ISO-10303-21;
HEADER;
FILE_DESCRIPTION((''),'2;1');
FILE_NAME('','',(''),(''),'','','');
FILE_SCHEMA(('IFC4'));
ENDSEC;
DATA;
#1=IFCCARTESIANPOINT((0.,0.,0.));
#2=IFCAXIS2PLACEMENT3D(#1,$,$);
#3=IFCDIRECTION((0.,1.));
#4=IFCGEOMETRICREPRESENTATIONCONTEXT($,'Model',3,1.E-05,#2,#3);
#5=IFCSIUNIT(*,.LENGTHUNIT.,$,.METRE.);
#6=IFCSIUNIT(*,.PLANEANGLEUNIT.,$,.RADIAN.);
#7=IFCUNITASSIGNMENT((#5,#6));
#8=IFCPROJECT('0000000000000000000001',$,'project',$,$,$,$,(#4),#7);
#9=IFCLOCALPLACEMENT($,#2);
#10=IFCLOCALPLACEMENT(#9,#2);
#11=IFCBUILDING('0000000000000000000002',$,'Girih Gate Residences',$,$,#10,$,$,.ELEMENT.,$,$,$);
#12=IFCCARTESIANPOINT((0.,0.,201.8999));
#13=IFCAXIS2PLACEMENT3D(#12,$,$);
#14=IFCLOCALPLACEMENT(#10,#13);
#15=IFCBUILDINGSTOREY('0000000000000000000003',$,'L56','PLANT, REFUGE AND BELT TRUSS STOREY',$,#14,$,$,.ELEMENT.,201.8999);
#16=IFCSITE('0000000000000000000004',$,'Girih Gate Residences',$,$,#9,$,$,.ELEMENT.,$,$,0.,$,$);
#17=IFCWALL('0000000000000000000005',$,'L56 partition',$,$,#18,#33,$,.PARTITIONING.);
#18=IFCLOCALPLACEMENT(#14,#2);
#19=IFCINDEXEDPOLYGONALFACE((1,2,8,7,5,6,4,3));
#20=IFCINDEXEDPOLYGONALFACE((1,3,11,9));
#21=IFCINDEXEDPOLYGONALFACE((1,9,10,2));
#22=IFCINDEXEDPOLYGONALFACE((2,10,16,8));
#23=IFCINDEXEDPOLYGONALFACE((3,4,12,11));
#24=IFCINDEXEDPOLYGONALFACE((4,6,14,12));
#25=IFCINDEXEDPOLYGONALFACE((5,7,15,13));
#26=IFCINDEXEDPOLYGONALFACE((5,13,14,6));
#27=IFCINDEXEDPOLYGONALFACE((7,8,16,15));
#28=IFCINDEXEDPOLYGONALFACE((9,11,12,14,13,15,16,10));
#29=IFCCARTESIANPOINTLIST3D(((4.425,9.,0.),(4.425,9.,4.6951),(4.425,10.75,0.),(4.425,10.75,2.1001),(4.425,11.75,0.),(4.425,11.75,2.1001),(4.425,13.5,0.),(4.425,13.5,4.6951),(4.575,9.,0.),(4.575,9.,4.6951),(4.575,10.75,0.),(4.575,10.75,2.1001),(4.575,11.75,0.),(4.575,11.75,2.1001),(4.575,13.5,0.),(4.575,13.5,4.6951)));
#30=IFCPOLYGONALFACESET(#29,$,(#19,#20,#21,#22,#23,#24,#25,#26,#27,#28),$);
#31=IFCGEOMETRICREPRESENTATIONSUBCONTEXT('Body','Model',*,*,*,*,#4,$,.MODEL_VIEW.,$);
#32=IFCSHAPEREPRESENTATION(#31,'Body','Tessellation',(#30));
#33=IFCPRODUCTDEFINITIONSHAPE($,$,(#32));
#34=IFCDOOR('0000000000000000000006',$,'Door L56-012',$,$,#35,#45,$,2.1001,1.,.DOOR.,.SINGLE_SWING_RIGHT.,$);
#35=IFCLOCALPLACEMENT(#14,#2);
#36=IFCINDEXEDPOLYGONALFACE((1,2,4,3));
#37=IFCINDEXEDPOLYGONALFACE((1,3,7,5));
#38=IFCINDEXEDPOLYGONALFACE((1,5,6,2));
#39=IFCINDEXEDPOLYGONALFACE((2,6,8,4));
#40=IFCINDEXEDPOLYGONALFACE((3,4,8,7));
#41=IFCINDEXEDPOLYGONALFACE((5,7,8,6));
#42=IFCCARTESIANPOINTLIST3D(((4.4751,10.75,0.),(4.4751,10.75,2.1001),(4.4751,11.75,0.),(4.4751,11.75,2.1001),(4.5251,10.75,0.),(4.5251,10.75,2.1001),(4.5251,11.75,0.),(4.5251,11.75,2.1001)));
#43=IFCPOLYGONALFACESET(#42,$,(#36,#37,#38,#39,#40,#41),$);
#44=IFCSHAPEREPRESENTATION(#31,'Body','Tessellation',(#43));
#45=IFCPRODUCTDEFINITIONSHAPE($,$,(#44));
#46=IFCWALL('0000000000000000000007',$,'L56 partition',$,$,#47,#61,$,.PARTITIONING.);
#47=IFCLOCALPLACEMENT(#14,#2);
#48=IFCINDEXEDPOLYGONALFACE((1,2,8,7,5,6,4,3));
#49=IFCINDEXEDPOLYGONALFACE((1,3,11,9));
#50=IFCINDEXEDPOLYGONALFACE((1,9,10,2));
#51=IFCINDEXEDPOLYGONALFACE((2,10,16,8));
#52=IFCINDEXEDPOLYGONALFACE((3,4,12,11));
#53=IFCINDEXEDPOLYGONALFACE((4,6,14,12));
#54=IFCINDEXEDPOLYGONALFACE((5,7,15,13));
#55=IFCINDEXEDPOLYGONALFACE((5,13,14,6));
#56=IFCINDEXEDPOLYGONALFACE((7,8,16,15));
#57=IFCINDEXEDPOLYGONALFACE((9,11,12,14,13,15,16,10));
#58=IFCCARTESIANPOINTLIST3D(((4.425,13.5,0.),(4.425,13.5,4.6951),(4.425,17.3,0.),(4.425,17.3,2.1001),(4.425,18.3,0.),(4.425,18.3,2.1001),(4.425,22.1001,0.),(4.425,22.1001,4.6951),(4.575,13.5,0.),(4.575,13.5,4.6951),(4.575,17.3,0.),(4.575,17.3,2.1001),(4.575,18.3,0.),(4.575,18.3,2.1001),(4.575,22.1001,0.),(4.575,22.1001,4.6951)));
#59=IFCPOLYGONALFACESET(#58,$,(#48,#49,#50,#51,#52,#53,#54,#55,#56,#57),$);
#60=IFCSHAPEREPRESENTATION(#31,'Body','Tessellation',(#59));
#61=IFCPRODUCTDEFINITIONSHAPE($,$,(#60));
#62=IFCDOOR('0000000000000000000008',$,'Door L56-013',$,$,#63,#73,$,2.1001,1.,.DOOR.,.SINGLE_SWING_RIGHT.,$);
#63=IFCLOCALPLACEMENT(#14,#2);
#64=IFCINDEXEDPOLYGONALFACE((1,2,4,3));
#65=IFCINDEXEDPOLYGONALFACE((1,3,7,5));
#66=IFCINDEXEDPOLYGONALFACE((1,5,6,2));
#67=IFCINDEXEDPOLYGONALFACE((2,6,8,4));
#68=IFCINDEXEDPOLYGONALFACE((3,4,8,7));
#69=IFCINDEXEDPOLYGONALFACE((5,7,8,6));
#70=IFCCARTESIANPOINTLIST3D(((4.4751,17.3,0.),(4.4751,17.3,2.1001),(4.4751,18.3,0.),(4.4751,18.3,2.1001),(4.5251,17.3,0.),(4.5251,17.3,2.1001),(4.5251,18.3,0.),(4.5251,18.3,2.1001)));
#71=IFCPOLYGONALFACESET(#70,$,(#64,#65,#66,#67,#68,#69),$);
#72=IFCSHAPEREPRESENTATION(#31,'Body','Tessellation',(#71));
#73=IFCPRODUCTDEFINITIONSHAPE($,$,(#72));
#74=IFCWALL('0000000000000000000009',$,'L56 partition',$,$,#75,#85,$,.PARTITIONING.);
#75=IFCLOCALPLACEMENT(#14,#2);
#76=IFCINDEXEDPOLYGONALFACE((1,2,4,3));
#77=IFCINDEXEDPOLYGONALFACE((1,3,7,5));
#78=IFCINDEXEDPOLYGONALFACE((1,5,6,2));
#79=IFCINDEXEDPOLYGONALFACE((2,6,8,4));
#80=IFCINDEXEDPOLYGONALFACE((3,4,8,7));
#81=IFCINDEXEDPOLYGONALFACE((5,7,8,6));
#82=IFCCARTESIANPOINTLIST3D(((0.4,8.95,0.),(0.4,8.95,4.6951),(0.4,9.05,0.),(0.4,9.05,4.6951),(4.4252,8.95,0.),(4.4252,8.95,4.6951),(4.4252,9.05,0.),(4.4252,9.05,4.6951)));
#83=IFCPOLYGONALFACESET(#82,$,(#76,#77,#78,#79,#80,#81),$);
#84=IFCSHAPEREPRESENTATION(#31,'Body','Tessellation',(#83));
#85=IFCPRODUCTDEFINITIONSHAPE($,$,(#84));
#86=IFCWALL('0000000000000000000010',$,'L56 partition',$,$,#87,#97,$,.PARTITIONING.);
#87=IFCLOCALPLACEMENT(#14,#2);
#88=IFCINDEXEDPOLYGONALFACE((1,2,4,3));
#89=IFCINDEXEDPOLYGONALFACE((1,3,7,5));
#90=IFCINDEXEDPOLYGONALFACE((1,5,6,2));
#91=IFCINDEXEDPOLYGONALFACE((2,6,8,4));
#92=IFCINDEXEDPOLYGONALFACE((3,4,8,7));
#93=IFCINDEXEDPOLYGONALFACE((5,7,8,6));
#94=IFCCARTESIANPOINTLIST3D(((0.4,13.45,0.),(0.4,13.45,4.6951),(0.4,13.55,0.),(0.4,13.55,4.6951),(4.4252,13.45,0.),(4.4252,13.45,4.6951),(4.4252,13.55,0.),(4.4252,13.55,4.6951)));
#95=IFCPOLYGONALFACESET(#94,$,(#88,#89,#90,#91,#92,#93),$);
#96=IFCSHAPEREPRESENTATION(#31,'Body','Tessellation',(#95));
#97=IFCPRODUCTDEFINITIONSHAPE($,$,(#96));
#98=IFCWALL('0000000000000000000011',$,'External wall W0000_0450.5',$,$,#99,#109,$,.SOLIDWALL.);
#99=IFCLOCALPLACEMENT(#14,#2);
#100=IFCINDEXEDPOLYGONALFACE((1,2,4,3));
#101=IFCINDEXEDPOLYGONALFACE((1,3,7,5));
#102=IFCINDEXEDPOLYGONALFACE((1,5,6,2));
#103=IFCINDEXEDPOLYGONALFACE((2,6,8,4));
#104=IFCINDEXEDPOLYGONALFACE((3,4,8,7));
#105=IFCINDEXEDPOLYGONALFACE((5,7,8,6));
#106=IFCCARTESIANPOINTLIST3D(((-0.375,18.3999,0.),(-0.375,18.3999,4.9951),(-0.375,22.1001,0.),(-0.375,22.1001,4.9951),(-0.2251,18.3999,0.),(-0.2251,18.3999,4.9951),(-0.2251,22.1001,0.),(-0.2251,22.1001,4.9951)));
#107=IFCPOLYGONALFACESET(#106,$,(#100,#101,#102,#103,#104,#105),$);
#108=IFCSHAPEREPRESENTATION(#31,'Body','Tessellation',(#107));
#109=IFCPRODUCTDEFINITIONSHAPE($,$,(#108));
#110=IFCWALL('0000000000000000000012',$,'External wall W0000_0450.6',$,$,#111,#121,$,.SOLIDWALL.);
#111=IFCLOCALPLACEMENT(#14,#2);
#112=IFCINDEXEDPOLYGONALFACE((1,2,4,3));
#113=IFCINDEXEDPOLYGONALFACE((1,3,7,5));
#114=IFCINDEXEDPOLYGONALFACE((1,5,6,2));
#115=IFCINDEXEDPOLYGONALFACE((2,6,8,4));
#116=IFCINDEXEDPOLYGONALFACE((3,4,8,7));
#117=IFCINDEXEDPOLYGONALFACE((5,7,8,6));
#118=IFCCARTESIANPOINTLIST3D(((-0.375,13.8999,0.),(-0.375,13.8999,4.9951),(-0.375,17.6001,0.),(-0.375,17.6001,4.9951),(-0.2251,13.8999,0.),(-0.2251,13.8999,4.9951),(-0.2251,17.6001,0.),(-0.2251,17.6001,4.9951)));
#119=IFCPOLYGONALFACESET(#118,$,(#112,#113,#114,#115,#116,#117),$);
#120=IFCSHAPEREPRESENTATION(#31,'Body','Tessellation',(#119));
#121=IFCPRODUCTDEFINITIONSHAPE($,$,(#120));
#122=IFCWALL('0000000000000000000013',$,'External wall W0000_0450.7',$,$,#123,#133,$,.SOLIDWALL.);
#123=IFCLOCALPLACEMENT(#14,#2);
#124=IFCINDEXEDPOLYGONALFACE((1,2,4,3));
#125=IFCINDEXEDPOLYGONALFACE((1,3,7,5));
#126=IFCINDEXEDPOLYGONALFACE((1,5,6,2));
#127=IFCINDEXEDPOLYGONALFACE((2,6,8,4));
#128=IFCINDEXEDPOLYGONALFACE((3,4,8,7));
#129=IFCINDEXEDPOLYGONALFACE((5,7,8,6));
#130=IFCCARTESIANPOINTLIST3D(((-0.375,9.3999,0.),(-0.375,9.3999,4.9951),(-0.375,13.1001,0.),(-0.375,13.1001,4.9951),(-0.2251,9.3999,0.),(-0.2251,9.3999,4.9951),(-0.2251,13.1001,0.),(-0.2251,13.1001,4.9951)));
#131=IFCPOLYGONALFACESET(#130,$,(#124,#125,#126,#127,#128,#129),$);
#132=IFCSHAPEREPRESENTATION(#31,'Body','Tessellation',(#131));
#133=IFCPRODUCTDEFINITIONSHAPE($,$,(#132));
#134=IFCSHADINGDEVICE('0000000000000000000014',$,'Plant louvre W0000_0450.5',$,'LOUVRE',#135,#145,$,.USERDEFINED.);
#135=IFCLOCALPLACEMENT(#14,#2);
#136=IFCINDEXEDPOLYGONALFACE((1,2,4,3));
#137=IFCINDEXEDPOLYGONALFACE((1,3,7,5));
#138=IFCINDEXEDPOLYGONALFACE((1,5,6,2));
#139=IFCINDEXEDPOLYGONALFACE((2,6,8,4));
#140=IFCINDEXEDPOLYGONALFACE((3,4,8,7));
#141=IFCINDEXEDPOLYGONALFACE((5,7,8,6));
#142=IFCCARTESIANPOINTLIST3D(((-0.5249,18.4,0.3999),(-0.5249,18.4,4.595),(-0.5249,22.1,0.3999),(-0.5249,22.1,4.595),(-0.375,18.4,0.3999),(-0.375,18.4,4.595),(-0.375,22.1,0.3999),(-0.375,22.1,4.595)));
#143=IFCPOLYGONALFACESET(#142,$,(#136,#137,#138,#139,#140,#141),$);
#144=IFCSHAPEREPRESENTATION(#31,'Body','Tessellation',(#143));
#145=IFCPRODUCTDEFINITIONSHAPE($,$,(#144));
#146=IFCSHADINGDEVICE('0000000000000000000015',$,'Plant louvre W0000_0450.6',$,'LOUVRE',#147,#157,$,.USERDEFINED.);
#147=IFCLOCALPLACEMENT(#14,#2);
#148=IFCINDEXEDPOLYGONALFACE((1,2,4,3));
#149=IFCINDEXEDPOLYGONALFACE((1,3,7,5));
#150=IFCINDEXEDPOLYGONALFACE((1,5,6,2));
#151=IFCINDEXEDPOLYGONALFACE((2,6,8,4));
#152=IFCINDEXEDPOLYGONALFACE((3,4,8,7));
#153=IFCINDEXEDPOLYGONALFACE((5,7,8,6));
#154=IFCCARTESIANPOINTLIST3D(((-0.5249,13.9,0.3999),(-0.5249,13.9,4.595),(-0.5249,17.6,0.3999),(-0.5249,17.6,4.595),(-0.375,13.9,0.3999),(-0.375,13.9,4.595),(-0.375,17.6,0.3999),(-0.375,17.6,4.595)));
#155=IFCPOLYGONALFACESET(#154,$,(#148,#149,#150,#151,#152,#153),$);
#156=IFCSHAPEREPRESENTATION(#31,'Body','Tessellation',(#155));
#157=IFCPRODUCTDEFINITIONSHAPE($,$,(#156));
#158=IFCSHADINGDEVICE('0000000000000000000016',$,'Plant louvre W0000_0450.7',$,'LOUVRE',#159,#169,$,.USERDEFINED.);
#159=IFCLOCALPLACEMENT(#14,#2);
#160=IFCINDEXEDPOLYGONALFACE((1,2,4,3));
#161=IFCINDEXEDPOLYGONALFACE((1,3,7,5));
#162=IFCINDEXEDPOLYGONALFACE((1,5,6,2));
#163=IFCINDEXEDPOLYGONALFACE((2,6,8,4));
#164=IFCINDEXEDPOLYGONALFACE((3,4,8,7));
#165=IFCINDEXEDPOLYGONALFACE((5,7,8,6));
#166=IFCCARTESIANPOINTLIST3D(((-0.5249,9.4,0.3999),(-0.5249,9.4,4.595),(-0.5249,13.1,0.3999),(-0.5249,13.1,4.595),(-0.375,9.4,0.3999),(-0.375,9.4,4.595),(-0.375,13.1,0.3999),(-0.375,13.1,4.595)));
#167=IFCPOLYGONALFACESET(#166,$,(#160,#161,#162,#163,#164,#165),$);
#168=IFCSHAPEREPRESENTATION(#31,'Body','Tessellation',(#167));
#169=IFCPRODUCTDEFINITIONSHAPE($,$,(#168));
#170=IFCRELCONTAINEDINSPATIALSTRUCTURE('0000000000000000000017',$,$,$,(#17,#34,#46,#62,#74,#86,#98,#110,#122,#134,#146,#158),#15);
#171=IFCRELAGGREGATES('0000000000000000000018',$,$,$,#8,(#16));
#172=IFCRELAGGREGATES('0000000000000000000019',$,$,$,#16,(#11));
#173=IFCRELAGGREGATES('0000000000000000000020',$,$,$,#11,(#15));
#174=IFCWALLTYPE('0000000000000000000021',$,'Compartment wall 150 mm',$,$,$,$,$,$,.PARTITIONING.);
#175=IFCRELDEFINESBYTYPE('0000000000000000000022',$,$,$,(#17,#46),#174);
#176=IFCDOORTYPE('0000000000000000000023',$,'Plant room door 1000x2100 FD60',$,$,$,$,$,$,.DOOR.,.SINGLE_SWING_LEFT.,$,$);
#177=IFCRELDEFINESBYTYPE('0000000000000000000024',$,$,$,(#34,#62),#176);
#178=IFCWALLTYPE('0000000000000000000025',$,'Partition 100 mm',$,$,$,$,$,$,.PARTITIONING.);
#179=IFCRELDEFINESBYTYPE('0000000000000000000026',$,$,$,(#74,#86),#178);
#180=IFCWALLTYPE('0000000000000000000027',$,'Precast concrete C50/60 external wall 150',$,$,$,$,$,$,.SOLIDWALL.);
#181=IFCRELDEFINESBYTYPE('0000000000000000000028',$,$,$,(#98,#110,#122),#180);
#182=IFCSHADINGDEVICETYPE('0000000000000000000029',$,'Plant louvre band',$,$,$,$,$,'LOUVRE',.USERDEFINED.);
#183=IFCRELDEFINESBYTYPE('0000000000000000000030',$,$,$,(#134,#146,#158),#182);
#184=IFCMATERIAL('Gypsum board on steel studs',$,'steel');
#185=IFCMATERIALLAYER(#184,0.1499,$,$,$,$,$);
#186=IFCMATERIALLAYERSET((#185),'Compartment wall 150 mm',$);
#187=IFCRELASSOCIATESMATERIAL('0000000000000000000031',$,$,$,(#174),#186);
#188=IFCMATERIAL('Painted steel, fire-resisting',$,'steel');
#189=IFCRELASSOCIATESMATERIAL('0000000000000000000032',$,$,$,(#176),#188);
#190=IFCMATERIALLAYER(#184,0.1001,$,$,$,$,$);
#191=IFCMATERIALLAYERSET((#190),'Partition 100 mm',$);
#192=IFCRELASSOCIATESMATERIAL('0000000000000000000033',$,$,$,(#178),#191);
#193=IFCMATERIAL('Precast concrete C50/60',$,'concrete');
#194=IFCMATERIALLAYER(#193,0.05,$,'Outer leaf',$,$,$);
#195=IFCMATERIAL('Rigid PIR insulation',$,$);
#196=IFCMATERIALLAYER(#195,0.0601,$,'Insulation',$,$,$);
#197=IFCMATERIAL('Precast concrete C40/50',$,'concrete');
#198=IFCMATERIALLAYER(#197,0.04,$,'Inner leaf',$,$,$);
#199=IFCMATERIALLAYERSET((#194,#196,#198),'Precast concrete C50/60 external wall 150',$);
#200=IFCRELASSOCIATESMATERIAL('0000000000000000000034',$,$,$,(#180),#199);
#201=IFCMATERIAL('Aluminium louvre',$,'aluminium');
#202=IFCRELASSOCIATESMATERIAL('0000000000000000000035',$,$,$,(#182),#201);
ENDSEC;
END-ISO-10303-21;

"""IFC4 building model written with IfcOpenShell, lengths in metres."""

from ifc_helpers import new_model, si_unit, direction, frame, frame_2d, origin, origin_2d, place, context, subcontext, project, spatial, rectangle, extrude, material, layer, layer_set, type_object, element, fill, save


model = new_model("IFC4")

# Units and contexts
model_context = context("Model", 3, precision=1e-05, world=origin(), true_north=direction((0.0, 1.0)))
body_context = subcontext(model_context, "Body", "Model", "MODEL_VIEW")
ifc_project = project(units=[si_unit("LENGTHUNIT", "METRE"), si_unit("PLANEANGLEUNIT", "RADIAN")], contexts=[model_context])

# Site, building, storey
site_placement = place(None, origin())
site = spatial("IfcSite", under=ifc_project, at=site_placement, Name="Girih Gate Residences", CompositionType="ELEMENT", RefElevation=0.0)
building_placement = place(site_placement, origin())
building = spatial("IfcBuilding", under=site, at=building_placement, Name="Girih Gate Residences", CompositionType="ELEMENT")
storey_placement = place(building_placement, frame((0.0, 0.0, 201.8999)))
storey = spatial("IfcBuildingStorey", under=building, at=storey_placement, Name="L56", Description="PLANT, REFUGE AND BELT TRUSS STOREY", CompositionType="ELEMENT", Elevation=201.8999)

# Shared definitions
ifc_material_1 = material(Name="Gypsum board on steel studs", Category="steel")
ifc_layer_1 = layer(ifc_material_1, 0.1499)
ifc_layer_set_1 = layer_set([ifc_layer_1], Name="Compartment wall 150 mm")
wall_type_1 = type_object("IfcWallType", Name="Compartment wall 150 mm", PredefinedType="PARTITIONING", material=ifc_layer_set_1)

# Shared definitions
ifc_material_2 = material(Name="Painted steel, fire-resisting", Category="steel")

# Walls, openings, doors
wall_1_placement = place(storey_placement, frame((4.5, 9.0, 0.0), z_axis=(0.0, 0.0, 1.0), x_axis=(0.0, 1.0, 0.0)))
wall_1 = element("IfcWall", 1, at=wall_1_placement, inside=storey, type_object=wall_type_1, Name="L56 partition", PredefinedType="PARTITIONING", context=body_context, shape_type="SweptSolid", body=[
    extrude(rectangle(XDim=4.5, YDim=0.1499, at=frame_2d((2.25, 0.0))), origin(), (0.0, 0.0, 1.0), 4.6951),
])
opening_1_placement = place(wall_1_placement, frame((1.75, 0.0, 0.0)))
opening_1 = element("IfcOpeningElement", 2, at=opening_1_placement, cuts=wall_1, PredefinedType="OPENING", context=body_context, shape_type="SweptSolid", body=[
    extrude(rectangle(XDim=1.0, YDim=2.1001, at=frame_2d((0.5, 1.05))), frame((0.0, 0.085, 0.0), z_axis=(0.0, -1.0, 0.0), x_axis=(1.0, 0.0, 0.0)), (0.0, 0.0, 1.0), 0.1699),
])
door_type_1 = type_object("IfcDoorType", Name="Plant room door 1000x2100 FD60", OperationType="SINGLE_SWING_LEFT", PredefinedType="DOOR", material=ifc_material_2)
door_1_placement = place(opening_1_placement, origin())
door_1 = element("IfcDoor", 3, at=door_1_placement, inside=storey, type_object=door_type_1, Name="Door L56-012", OperationType="SINGLE_SWING_RIGHT", OverallHeight=2.1001, OverallWidth=1.0, PredefinedType="DOOR", context=body_context, shape_type="SweptSolid", body=[
    extrude(rectangle(XDim=1.0, YDim=2.1001, at=frame_2d((0.5, 1.05))), frame((0.0, 0.0249, 0.0), z_axis=(0.0, -1.0, 0.0), x_axis=(1.0, 0.0, 0.0)), (0.0, 0.0, 1.0), 0.05),
])
fill(opening_1, door_1)
wall_2_placement = place(storey_placement, frame((4.5, 13.5, 0.0), z_axis=(0.0, 0.0, 1.0), x_axis=(0.0, 1.0, 0.0)))
wall_2 = element("IfcWall", 4, at=wall_2_placement, inside=storey, type_object=wall_type_1, Name="L56 partition", PredefinedType="PARTITIONING", context=body_context, shape_type="SweptSolid", body=[
    extrude(rectangle(XDim=8.6001, YDim=0.1499, at=frame_2d((4.3, 0.0))), origin(), (0.0, 0.0, 1.0), 4.6951),
])
opening_2_placement = place(wall_2_placement, frame((3.8, 0.0, 0.0)))
opening_2 = element("IfcOpeningElement", 5, at=opening_2_placement, cuts=wall_2, PredefinedType="OPENING", context=body_context, shape_type="SweptSolid", body=[
    extrude(rectangle(XDim=1.0, YDim=2.1001, at=frame_2d((0.5, 1.05))), frame((0.0, 0.085, 0.0), z_axis=(0.0, -1.0, 0.0), x_axis=(1.0, 0.0, 0.0)), (0.0, 0.0, 1.0), 0.1699),
])
door_2_placement = place(opening_2_placement, origin())
door_2 = element("IfcDoor", 6, at=door_2_placement, inside=storey, type_object=door_type_1, Name="Door L56-013", OperationType="SINGLE_SWING_RIGHT", OverallHeight=2.1001, OverallWidth=1.0, PredefinedType="DOOR", context=body_context, shape_type="SweptSolid", body=[
    extrude(rectangle(XDim=1.0, YDim=2.1001, at=frame_2d((0.5, 1.05))), frame((0.0, 0.0249, 0.0), z_axis=(0.0, -1.0, 0.0), x_axis=(1.0, 0.0, 0.0)), (0.0, 0.0, 1.0), 0.05),
])
fill(opening_2, door_2)

# Walls
ifc_layer_2 = layer(ifc_material_1, 0.1001)
ifc_layer_set_2 = layer_set([ifc_layer_2], Name="Partition 100 mm")
wall_type_2 = type_object("IfcWallType", Name="Partition 100 mm", PredefinedType="PARTITIONING", material=ifc_layer_set_2)
for number, where, z_axis, x_axis, name in (
    (7, (0.3999, 9.0, 0.0), (0.0, 0.0, 1.0), (1.0, 0.0, 0.0), "L56 partition"),
    (8, (0.3999, 13.5, 0.0), (0.0, 0.0, 1.0), (1.0, 0.0, 0.0), "L56 partition"),
):
    element("IfcWall", number, at=place(storey_placement, frame(where, z_axis=z_axis, x_axis=x_axis)), inside=storey, type_object=wall_type_2, Name=name, PredefinedType="PARTITIONING", context=body_context, shape_type="SweptSolid", body=[
        extrude(rectangle(XDim=4.0251, YDim=0.1001, at=frame_2d((2.0127, 0.0))), origin(), (0.0, 0.0, 1.0), 4.6951),
    ])
ifc_material_3 = material(Name="Precast concrete C50/60", Category="concrete")
ifc_layer_3 = layer(ifc_material_3, 0.05, Name="Outer leaf")
ifc_material_4 = material(Name="Rigid PIR insulation")
ifc_layer_4 = layer(ifc_material_4, 0.0601, Name="Insulation")
ifc_material_5 = material(Name="Precast concrete C40/50", Category="concrete")
ifc_layer_5 = layer(ifc_material_5, 0.04, Name="Inner leaf")
ifc_layer_set_3 = layer_set([ifc_layer_3, ifc_layer_4, ifc_layer_5], Name="Precast concrete C50/60 external wall 150")
wall_type_3 = type_object("IfcWallType", Name="Precast concrete C50/60 external wall 150", PredefinedType="SOLIDWALL", material=ifc_layer_set_3)
for number, where, z_axis, x_axis, name in (
    (9, (-0.3, 18.3999, 0.0), (0.0, 0.0, 1.0), (0.0, 1.0, 0.0), "External wall W0000_0450.5"),
    (10, (-0.3, 13.8999, 0.0), (0.0, 0.0, 1.0), (0.0, 1.0, 0.0), "External wall W0000_0450.6"),
    (11, (-0.3, 9.3999, 0.0), (0.0, 0.0, 1.0), (0.0, 1.0, 0.0), "External wall W0000_0450.7"),
):
    element("IfcWall", number, at=place(storey_placement, frame(where, z_axis=z_axis, x_axis=x_axis)), inside=storey, type_object=wall_type_3, Name=name, PredefinedType="SOLIDWALL", context=body_context, shape_type="SweptSolid", body=[
        extrude(rectangle(XDim=3.7002, YDim=0.1499, at=frame_2d((1.8501, 0.0))), origin(), (0.0, 0.0, 1.0), 4.9951),
    ])

# Shading devices
ifc_material_6 = material(Name="Aluminium louvre", Category="aluminium")
shading_device_type = type_object("IfcShadingDeviceType", Name="Plant louvre band", ElementType="LOUVRE", PredefinedType="USERDEFINED", material=ifc_material_6)
for number, where, z_axis, x_axis, name in (
    (12, (-0.45, 20.25, 0.3999), (0.0, 0.0, 1.0), (0.0, -1.0, 0.0), "Plant louvre W0000_0450.5"),
    (13, (-0.45, 15.75, 0.3999), (0.0, 0.0, 1.0), (0.0, -1.0, 0.0), "Plant louvre W0000_0450.6"),
    (14, (-0.45, 11.25, 0.3999), (0.0, 0.0, 1.0), (0.0, -1.0, 0.0), "Plant louvre W0000_0450.7"),
):
    element("IfcShadingDevice", number, at=place(storey_placement, frame(where, z_axis=z_axis, x_axis=x_axis)), inside=storey, type_object=shading_device_type, Name=name, ObjectType="LOUVRE", PredefinedType="USERDEFINED", context=body_context, shape_type="SweptSolid", body=[
        extrude(rectangle(XDim=3.7, YDim=0.1499, at=origin_2d()), origin(), (0.0, 0.0, 1.0), 4.1951),
    ])

save(model, "model.ifc")
